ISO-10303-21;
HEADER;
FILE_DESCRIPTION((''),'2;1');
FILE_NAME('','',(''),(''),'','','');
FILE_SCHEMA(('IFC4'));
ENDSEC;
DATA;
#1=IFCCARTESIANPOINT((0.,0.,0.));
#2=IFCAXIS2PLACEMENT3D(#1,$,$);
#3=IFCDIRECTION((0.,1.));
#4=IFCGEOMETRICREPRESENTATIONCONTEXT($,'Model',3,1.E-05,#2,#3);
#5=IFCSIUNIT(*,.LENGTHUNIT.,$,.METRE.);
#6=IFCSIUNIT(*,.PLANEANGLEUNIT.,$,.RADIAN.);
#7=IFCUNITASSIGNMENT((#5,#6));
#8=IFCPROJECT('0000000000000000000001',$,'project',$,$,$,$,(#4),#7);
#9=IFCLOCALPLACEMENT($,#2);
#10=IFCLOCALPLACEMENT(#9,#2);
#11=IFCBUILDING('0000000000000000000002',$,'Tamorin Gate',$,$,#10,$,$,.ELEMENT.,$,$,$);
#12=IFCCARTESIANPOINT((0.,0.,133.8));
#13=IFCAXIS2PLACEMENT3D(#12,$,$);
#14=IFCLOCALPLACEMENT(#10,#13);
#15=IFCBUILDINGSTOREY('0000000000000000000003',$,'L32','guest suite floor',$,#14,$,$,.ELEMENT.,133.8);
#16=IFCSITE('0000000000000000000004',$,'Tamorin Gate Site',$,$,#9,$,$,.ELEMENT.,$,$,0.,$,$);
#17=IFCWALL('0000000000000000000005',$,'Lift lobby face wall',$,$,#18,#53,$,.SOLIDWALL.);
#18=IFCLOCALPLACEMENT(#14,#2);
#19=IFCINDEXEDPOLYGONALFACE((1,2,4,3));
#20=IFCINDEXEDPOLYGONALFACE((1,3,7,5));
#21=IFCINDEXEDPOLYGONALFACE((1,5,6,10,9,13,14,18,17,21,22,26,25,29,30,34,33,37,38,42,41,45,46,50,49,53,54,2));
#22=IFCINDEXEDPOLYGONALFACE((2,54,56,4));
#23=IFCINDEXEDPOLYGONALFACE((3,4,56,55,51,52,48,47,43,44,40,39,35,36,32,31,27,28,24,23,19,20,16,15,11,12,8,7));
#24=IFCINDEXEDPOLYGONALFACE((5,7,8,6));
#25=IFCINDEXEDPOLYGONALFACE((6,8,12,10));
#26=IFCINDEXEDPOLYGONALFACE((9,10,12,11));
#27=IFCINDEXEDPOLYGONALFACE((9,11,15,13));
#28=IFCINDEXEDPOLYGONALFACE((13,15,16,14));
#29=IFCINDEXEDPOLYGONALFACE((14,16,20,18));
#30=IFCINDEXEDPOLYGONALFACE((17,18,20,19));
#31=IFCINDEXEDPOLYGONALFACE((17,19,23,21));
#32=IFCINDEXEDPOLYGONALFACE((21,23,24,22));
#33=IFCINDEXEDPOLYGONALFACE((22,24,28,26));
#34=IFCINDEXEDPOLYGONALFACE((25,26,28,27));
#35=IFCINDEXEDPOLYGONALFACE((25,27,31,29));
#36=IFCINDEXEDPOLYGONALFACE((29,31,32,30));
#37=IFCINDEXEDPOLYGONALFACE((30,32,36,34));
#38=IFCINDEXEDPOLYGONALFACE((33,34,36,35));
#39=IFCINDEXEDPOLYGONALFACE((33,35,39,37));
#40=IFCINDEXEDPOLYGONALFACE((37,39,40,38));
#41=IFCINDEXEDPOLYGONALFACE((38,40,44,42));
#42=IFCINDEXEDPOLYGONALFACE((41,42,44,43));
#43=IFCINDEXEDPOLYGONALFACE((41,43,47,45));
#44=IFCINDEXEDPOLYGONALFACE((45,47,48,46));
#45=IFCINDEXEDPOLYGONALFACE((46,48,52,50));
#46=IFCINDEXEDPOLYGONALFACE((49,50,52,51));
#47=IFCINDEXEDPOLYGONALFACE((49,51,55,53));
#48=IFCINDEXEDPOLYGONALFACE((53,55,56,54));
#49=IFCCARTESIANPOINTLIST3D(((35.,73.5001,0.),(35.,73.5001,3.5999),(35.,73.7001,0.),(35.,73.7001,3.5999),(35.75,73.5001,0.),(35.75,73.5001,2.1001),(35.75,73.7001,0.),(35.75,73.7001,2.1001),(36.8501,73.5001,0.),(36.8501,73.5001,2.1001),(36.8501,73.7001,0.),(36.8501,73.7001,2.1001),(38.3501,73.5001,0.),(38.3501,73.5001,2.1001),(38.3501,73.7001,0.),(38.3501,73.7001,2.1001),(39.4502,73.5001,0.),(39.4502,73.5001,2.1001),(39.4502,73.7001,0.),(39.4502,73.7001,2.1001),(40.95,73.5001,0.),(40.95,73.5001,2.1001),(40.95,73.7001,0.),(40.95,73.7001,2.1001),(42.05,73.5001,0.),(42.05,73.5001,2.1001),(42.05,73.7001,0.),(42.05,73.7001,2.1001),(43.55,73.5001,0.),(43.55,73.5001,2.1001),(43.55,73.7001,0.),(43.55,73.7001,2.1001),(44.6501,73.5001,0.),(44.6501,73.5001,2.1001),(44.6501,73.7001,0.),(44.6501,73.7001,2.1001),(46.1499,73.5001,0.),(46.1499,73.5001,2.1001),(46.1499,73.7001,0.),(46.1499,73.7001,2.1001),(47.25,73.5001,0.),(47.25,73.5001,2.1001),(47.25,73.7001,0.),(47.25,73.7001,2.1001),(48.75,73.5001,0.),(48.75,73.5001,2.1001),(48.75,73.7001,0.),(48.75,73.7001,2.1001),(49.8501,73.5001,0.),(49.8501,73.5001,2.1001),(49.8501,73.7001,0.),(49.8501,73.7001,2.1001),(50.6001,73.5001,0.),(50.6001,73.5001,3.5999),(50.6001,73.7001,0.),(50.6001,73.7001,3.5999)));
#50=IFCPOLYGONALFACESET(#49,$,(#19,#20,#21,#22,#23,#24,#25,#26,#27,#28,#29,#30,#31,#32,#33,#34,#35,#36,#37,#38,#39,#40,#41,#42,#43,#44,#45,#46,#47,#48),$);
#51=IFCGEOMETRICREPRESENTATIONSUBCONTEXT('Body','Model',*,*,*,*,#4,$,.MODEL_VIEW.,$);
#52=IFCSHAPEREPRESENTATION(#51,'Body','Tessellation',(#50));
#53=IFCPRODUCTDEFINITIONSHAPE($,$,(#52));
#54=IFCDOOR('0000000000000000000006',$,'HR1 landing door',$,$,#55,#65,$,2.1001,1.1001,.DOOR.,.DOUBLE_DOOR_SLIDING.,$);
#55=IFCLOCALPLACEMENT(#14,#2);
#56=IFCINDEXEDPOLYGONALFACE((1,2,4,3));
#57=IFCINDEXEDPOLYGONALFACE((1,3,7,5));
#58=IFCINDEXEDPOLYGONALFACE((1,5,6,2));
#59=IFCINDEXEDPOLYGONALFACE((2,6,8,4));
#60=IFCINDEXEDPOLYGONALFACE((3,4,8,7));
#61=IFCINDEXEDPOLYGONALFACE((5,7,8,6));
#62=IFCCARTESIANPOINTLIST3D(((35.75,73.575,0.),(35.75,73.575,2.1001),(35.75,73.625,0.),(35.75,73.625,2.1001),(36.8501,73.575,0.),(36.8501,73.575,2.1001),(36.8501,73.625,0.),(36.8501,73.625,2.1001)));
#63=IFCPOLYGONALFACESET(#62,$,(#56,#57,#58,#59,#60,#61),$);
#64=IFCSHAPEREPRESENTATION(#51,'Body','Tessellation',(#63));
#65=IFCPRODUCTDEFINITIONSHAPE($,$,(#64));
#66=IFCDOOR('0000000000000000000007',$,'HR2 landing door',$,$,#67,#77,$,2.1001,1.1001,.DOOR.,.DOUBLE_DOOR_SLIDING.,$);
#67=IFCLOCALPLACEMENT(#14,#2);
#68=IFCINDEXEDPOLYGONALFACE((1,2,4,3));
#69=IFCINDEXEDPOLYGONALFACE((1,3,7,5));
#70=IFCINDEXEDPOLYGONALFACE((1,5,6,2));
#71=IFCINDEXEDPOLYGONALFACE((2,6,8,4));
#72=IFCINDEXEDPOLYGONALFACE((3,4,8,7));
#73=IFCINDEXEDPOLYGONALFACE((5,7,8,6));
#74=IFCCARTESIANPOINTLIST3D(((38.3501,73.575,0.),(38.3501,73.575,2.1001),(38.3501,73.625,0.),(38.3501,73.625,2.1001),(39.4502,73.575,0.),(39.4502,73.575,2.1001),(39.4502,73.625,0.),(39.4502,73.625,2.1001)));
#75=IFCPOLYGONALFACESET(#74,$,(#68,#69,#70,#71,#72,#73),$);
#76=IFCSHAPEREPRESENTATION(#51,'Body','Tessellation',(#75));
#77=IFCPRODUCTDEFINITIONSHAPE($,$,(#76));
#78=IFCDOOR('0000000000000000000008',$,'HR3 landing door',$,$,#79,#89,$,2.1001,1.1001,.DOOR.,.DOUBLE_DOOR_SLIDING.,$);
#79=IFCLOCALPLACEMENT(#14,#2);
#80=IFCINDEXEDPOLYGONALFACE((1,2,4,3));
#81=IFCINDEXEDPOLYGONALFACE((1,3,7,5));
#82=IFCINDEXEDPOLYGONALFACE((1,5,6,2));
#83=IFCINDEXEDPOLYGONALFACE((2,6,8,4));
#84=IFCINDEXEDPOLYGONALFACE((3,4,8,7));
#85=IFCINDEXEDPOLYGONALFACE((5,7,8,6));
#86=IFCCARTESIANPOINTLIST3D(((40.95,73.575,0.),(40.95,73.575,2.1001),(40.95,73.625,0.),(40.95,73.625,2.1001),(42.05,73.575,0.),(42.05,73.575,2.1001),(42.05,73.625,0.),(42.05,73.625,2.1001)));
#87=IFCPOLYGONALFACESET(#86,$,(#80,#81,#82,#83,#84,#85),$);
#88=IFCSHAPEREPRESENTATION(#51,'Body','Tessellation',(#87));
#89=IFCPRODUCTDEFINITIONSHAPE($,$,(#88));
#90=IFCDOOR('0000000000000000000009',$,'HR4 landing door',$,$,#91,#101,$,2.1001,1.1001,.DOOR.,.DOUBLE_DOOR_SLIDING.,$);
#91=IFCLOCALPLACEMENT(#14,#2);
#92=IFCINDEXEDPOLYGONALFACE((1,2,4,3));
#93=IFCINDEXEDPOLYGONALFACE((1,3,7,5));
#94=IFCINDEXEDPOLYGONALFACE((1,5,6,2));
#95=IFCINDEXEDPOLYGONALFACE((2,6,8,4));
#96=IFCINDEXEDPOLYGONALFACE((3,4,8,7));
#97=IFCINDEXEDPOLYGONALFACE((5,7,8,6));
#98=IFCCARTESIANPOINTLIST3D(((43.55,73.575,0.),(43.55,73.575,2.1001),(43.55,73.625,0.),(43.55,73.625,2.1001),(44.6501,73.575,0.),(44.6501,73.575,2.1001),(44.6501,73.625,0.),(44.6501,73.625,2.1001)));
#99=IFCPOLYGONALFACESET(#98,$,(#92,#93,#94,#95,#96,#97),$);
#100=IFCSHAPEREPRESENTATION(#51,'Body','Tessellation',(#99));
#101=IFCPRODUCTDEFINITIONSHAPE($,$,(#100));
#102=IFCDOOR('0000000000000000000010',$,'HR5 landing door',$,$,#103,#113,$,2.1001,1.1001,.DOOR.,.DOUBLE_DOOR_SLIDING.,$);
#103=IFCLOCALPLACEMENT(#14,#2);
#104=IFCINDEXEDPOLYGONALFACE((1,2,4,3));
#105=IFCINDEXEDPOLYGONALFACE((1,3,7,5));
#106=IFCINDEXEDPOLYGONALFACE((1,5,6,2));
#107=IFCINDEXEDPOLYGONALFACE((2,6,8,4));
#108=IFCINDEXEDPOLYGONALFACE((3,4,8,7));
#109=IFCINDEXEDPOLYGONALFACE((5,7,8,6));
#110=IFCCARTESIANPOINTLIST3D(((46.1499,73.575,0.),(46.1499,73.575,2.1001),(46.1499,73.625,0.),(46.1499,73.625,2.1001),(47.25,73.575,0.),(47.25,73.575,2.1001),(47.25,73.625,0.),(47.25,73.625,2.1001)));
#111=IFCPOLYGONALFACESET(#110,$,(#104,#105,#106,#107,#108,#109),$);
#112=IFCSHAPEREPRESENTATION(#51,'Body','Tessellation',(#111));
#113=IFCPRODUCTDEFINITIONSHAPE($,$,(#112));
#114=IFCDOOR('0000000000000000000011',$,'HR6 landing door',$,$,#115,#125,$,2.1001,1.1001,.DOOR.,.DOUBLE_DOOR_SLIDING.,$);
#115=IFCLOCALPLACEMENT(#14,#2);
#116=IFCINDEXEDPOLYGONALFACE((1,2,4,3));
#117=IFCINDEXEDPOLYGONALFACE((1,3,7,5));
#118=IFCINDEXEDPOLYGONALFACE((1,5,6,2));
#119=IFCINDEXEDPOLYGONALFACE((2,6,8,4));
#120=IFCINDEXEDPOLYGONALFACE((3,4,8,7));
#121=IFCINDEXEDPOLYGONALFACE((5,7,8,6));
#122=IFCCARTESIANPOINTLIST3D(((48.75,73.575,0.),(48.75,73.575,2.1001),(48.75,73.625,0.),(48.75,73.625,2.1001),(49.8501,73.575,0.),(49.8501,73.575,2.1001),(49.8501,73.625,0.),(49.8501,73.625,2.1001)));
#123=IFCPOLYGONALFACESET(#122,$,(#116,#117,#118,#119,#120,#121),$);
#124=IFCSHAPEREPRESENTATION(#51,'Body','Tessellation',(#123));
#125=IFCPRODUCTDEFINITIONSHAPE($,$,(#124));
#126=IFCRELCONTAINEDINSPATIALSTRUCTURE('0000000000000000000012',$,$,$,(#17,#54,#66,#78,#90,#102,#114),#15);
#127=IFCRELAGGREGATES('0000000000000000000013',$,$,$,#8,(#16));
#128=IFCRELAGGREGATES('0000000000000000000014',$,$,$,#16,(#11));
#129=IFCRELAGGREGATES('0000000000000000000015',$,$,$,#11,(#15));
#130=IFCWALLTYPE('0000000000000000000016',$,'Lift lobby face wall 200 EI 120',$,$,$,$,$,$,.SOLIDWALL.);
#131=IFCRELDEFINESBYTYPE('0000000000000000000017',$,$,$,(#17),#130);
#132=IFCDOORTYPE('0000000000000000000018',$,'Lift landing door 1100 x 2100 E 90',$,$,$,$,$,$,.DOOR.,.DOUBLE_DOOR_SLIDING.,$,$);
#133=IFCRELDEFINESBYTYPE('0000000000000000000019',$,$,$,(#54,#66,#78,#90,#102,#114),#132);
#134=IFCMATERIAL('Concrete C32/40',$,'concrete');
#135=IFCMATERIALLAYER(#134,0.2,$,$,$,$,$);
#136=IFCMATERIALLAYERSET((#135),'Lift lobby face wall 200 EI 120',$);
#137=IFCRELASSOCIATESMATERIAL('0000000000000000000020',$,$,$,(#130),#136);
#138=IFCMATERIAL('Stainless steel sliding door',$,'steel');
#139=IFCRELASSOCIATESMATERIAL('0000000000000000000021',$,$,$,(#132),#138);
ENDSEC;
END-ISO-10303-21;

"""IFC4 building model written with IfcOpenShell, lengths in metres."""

from ifc_helpers import new_model, si_unit, direction, frame, frame_2d, origin, place, context, subcontext, project, spatial, rectangle, extrude, material, layer, layer_set, type_object, element, fill, save


model = new_model("IFC4")

# Units and contexts
model_context = context("Model", 3, precision=1e-05, world=origin(), true_north=direction((0.0, 1.0)))
body_context = subcontext(model_context, "Body", "Model", "MODEL_VIEW")
ifc_project = project(units=[si_unit("LENGTHUNIT", "METRE"), si_unit("PLANEANGLEUNIT", "RADIAN")], contexts=[model_context])

# Site, building, storey
site_placement = place(None, origin())
site = spatial("IfcSite", under=ifc_project, at=site_placement, Name="Tamorin Gate Site", CompositionType="ELEMENT", RefElevation=0.0)
building_placement = place(site_placement, origin())
building = spatial("IfcBuilding", under=site, at=building_placement, Name="Tamorin Gate", CompositionType="ELEMENT")
storey_placement = place(building_placement, frame((0.0, 0.0, 133.8)))
storey = spatial("IfcBuildingStorey", under=building, at=storey_placement, Name="L32", Description="guest suite floor", CompositionType="ELEMENT", Elevation=133.8)

# Wall, openings, doors
ifc_material_1 = material(Name="Concrete C32/40", Category="concrete")
ifc_layer_1 = layer(ifc_material_1, 0.2)
ifc_layer_set_1 = layer_set([ifc_layer_1], Name="Lift lobby face wall 200 EI 120")
wall_type_1 = type_object("IfcWallType", Name="Lift lobby face wall 200 EI 120", PredefinedType="SOLIDWALL", material=ifc_layer_set_1)
wall_1_placement = place(storey_placement, frame((35.0, 73.6001, 0.0), z_axis=(0.0, 0.0, 1.0), x_axis=(1.0, 0.0, 0.0)))
wall_1 = element("IfcWall", 1, at=wall_1_placement, inside=storey, type_object=wall_type_1, Name="Lift lobby face wall", PredefinedType="SOLIDWALL", context=body_context, shape_type="SweptSolid", body=[
    extrude(rectangle(XDim=15.6001, YDim=0.2, at=frame_2d((7.8, 0.0))), origin(), (0.0, 0.0, 1.0), 3.5999),
])
opening_1_placement = place(wall_1_placement, frame((0.75, 0.0, 0.0)))
opening_1 = element("IfcOpeningElement", 2, at=opening_1_placement, cuts=wall_1, PredefinedType="OPENING", context=body_context, shape_type="SweptSolid", body=[
    extrude(rectangle(XDim=1.1001, YDim=2.1001, at=frame_2d((0.55, 1.05))), frame((0.0, 0.1099, 0.0), z_axis=(0.0, -1.0, 0.0), x_axis=(1.0, 0.0, 0.0)), (0.0, 0.0, 1.0), 0.22),
])
opening_2_placement = place(wall_1_placement, frame((3.3501, 0.0, 0.0)))
opening_2 = element("IfcOpeningElement", 3, at=opening_2_placement, cuts=wall_1, PredefinedType="OPENING", context=body_context, shape_type="SweptSolid", body=[
    extrude(rectangle(XDim=1.1001, YDim=2.1001, at=frame_2d((0.55, 1.05))), frame((0.0, 0.1099, 0.0), z_axis=(0.0, -1.0, 0.0), x_axis=(1.0, 0.0, 0.0)), (0.0, 0.0, 1.0), 0.22),
])
opening_3_placement = place(wall_1_placement, frame((5.95, 0.0, 0.0)))
opening_3 = element("IfcOpeningElement", 4, at=opening_3_placement, cuts=wall_1, PredefinedType="OPENING", context=body_context, shape_type="SweptSolid", body=[
    extrude(rectangle(XDim=1.1001, YDim=2.1001, at=frame_2d((0.55, 1.05))), frame((0.0, 0.1099, 0.0), z_axis=(0.0, -1.0, 0.0), x_axis=(1.0, 0.0, 0.0)), (0.0, 0.0, 1.0), 0.22),
])
opening_4_placement = place(wall_1_placement, frame((8.55, 0.0, 0.0)))
opening_4 = element("IfcOpeningElement", 5, at=opening_4_placement, cuts=wall_1, PredefinedType="OPENING", context=body_context, shape_type="SweptSolid", body=[
    extrude(rectangle(XDim=1.1001, YDim=2.1001, at=frame_2d((0.55, 1.05))), frame((0.0, 0.1099, 0.0), z_axis=(0.0, -1.0, 0.0), x_axis=(1.0, 0.0, 0.0)), (0.0, 0.0, 1.0), 0.22),
])
opening_5_placement = place(wall_1_placement, frame((11.1499, 0.0, 0.0)))
opening_5 = element("IfcOpeningElement", 6, at=opening_5_placement, cuts=wall_1, PredefinedType="OPENING", context=body_context, shape_type="SweptSolid", body=[
    extrude(rectangle(XDim=1.1001, YDim=2.1001, at=frame_2d((0.55, 1.05))), frame((0.0, 0.1099, 0.0), z_axis=(0.0, -1.0, 0.0), x_axis=(1.0, 0.0, 0.0)), (0.0, 0.0, 1.0), 0.22),
])
opening_6_placement = place(wall_1_placement, frame((13.75, 0.0, 0.0)))
opening_6 = element("IfcOpeningElement", 7, at=opening_6_placement, cuts=wall_1, PredefinedType="OPENING", context=body_context, shape_type="SweptSolid", body=[
    extrude(rectangle(XDim=1.1001, YDim=2.1001, at=frame_2d((0.55, 1.05))), frame((0.0, 0.1099, 0.0), z_axis=(0.0, -1.0, 0.0), x_axis=(1.0, 0.0, 0.0)), (0.0, 0.0, 1.0), 0.22),
])
ifc_material_2 = material(Name="Stainless steel sliding door", Category="steel")
door_type_1 = type_object("IfcDoorType", Name="Lift landing door 1100 x 2100 E 90", OperationType="DOUBLE_DOOR_SLIDING", PredefinedType="DOOR", material=ifc_material_2)
door_1_placement = place(opening_1_placement, origin())
door_1 = element("IfcDoor", 8, at=door_1_placement, inside=storey, type_object=door_type_1, Name="HR1 landing door", OperationType="DOUBLE_DOOR_SLIDING", OverallHeight=2.1001, OverallWidth=1.1001, PredefinedType="DOOR", context=body_context, shape_type="SweptSolid", body=[
    extrude(rectangle(XDim=1.1001, YDim=2.1001, at=frame_2d((0.55, 1.05))), frame((0.0, 0.0249, 0.0), z_axis=(0.0, -1.0, 0.0), x_axis=(1.0, 0.0, 0.0)), (0.0, 0.0, 1.0), 0.05),
])
fill(opening_1, door_1)
door_2_placement = place(opening_2_placement, origin())
door_2 = element("IfcDoor", 9, at=door_2_placement, inside=storey, type_object=door_type_1, Name="HR2 landing door", OperationType="DOUBLE_DOOR_SLIDING", OverallHeight=2.1001, OverallWidth=1.1001, PredefinedType="DOOR", context=body_context, shape_type="SweptSolid", body=[
    extrude(rectangle(XDim=1.1001, YDim=2.1001, at=frame_2d((0.55, 1.05))), frame((0.0, 0.0249, 0.0), z_axis=(0.0, -1.0, 0.0), x_axis=(1.0, 0.0, 0.0)), (0.0, 0.0, 1.0), 0.05),
])
fill(opening_2, door_2)
door_3_placement = place(opening_3_placement, origin())
door_3 = element("IfcDoor", 10, at=door_3_placement, inside=storey, type_object=door_type_1, Name="HR3 landing door", OperationType="DOUBLE_DOOR_SLIDING", OverallHeight=2.1001, OverallWidth=1.1001, PredefinedType="DOOR", context=body_context, shape_type="SweptSolid", body=[
    extrude(rectangle(XDim=1.1001, YDim=2.1001, at=frame_2d((0.55, 1.05))), frame((0.0, 0.0249, 0.0), z_axis=(0.0, -1.0, 0.0), x_axis=(1.0, 0.0, 0.0)), (0.0, 0.0, 1.0), 0.05),
])
fill(opening_3, door_3)
door_4_placement = place(opening_4_placement, origin())
door_4 = element("IfcDoor", 11, at=door_4_placement, inside=storey, type_object=door_type_1, Name="HR4 landing door", OperationType="DOUBLE_DOOR_SLIDING", OverallHeight=2.1001, OverallWidth=1.1001, PredefinedType="DOOR", context=body_context, shape_type="SweptSolid", body=[
    extrude(rectangle(XDim=1.1001, YDim=2.1001, at=frame_2d((0.55, 1.05))), frame((0.0, 0.0249, 0.0), z_axis=(0.0, -1.0, 0.0), x_axis=(1.0, 0.0, 0.0)), (0.0, 0.0, 1.0), 0.05),
])
fill(opening_4, door_4)
door_5_placement = place(opening_5_placement, origin())
door_5 = element("IfcDoor", 12, at=door_5_placement, inside=storey, type_object=door_type_1, Name="HR5 landing door", OperationType="DOUBLE_DOOR_SLIDING", OverallHeight=2.1001, OverallWidth=1.1001, PredefinedType="DOOR", context=body_context, shape_type="SweptSolid", body=[
    extrude(rectangle(XDim=1.1001, YDim=2.1001, at=frame_2d((0.55, 1.05))), frame((0.0, 0.0249, 0.0), z_axis=(0.0, -1.0, 0.0), x_axis=(1.0, 0.0, 0.0)), (0.0, 0.0, 1.0), 0.05),
])
fill(opening_5, door_5)
door_6_placement = place(opening_6_placement, origin())
door_6 = element("IfcDoor", 13, at=door_6_placement, inside=storey, type_object=door_type_1, Name="HR6 landing door", OperationType="DOUBLE_DOOR_SLIDING", OverallHeight=2.1001, OverallWidth=1.1001, PredefinedType="DOOR", context=body_context, shape_type="SweptSolid", body=[
    extrude(rectangle(XDim=1.1001, YDim=2.1001, at=frame_2d((0.55, 1.05))), frame((0.0, 0.0249, 0.0), z_axis=(0.0, -1.0, 0.0), x_axis=(1.0, 0.0, 0.0)), (0.0, 0.0, 1.0), 0.05),
])
fill(opening_6, door_6)

save(model, "model.ifc")
